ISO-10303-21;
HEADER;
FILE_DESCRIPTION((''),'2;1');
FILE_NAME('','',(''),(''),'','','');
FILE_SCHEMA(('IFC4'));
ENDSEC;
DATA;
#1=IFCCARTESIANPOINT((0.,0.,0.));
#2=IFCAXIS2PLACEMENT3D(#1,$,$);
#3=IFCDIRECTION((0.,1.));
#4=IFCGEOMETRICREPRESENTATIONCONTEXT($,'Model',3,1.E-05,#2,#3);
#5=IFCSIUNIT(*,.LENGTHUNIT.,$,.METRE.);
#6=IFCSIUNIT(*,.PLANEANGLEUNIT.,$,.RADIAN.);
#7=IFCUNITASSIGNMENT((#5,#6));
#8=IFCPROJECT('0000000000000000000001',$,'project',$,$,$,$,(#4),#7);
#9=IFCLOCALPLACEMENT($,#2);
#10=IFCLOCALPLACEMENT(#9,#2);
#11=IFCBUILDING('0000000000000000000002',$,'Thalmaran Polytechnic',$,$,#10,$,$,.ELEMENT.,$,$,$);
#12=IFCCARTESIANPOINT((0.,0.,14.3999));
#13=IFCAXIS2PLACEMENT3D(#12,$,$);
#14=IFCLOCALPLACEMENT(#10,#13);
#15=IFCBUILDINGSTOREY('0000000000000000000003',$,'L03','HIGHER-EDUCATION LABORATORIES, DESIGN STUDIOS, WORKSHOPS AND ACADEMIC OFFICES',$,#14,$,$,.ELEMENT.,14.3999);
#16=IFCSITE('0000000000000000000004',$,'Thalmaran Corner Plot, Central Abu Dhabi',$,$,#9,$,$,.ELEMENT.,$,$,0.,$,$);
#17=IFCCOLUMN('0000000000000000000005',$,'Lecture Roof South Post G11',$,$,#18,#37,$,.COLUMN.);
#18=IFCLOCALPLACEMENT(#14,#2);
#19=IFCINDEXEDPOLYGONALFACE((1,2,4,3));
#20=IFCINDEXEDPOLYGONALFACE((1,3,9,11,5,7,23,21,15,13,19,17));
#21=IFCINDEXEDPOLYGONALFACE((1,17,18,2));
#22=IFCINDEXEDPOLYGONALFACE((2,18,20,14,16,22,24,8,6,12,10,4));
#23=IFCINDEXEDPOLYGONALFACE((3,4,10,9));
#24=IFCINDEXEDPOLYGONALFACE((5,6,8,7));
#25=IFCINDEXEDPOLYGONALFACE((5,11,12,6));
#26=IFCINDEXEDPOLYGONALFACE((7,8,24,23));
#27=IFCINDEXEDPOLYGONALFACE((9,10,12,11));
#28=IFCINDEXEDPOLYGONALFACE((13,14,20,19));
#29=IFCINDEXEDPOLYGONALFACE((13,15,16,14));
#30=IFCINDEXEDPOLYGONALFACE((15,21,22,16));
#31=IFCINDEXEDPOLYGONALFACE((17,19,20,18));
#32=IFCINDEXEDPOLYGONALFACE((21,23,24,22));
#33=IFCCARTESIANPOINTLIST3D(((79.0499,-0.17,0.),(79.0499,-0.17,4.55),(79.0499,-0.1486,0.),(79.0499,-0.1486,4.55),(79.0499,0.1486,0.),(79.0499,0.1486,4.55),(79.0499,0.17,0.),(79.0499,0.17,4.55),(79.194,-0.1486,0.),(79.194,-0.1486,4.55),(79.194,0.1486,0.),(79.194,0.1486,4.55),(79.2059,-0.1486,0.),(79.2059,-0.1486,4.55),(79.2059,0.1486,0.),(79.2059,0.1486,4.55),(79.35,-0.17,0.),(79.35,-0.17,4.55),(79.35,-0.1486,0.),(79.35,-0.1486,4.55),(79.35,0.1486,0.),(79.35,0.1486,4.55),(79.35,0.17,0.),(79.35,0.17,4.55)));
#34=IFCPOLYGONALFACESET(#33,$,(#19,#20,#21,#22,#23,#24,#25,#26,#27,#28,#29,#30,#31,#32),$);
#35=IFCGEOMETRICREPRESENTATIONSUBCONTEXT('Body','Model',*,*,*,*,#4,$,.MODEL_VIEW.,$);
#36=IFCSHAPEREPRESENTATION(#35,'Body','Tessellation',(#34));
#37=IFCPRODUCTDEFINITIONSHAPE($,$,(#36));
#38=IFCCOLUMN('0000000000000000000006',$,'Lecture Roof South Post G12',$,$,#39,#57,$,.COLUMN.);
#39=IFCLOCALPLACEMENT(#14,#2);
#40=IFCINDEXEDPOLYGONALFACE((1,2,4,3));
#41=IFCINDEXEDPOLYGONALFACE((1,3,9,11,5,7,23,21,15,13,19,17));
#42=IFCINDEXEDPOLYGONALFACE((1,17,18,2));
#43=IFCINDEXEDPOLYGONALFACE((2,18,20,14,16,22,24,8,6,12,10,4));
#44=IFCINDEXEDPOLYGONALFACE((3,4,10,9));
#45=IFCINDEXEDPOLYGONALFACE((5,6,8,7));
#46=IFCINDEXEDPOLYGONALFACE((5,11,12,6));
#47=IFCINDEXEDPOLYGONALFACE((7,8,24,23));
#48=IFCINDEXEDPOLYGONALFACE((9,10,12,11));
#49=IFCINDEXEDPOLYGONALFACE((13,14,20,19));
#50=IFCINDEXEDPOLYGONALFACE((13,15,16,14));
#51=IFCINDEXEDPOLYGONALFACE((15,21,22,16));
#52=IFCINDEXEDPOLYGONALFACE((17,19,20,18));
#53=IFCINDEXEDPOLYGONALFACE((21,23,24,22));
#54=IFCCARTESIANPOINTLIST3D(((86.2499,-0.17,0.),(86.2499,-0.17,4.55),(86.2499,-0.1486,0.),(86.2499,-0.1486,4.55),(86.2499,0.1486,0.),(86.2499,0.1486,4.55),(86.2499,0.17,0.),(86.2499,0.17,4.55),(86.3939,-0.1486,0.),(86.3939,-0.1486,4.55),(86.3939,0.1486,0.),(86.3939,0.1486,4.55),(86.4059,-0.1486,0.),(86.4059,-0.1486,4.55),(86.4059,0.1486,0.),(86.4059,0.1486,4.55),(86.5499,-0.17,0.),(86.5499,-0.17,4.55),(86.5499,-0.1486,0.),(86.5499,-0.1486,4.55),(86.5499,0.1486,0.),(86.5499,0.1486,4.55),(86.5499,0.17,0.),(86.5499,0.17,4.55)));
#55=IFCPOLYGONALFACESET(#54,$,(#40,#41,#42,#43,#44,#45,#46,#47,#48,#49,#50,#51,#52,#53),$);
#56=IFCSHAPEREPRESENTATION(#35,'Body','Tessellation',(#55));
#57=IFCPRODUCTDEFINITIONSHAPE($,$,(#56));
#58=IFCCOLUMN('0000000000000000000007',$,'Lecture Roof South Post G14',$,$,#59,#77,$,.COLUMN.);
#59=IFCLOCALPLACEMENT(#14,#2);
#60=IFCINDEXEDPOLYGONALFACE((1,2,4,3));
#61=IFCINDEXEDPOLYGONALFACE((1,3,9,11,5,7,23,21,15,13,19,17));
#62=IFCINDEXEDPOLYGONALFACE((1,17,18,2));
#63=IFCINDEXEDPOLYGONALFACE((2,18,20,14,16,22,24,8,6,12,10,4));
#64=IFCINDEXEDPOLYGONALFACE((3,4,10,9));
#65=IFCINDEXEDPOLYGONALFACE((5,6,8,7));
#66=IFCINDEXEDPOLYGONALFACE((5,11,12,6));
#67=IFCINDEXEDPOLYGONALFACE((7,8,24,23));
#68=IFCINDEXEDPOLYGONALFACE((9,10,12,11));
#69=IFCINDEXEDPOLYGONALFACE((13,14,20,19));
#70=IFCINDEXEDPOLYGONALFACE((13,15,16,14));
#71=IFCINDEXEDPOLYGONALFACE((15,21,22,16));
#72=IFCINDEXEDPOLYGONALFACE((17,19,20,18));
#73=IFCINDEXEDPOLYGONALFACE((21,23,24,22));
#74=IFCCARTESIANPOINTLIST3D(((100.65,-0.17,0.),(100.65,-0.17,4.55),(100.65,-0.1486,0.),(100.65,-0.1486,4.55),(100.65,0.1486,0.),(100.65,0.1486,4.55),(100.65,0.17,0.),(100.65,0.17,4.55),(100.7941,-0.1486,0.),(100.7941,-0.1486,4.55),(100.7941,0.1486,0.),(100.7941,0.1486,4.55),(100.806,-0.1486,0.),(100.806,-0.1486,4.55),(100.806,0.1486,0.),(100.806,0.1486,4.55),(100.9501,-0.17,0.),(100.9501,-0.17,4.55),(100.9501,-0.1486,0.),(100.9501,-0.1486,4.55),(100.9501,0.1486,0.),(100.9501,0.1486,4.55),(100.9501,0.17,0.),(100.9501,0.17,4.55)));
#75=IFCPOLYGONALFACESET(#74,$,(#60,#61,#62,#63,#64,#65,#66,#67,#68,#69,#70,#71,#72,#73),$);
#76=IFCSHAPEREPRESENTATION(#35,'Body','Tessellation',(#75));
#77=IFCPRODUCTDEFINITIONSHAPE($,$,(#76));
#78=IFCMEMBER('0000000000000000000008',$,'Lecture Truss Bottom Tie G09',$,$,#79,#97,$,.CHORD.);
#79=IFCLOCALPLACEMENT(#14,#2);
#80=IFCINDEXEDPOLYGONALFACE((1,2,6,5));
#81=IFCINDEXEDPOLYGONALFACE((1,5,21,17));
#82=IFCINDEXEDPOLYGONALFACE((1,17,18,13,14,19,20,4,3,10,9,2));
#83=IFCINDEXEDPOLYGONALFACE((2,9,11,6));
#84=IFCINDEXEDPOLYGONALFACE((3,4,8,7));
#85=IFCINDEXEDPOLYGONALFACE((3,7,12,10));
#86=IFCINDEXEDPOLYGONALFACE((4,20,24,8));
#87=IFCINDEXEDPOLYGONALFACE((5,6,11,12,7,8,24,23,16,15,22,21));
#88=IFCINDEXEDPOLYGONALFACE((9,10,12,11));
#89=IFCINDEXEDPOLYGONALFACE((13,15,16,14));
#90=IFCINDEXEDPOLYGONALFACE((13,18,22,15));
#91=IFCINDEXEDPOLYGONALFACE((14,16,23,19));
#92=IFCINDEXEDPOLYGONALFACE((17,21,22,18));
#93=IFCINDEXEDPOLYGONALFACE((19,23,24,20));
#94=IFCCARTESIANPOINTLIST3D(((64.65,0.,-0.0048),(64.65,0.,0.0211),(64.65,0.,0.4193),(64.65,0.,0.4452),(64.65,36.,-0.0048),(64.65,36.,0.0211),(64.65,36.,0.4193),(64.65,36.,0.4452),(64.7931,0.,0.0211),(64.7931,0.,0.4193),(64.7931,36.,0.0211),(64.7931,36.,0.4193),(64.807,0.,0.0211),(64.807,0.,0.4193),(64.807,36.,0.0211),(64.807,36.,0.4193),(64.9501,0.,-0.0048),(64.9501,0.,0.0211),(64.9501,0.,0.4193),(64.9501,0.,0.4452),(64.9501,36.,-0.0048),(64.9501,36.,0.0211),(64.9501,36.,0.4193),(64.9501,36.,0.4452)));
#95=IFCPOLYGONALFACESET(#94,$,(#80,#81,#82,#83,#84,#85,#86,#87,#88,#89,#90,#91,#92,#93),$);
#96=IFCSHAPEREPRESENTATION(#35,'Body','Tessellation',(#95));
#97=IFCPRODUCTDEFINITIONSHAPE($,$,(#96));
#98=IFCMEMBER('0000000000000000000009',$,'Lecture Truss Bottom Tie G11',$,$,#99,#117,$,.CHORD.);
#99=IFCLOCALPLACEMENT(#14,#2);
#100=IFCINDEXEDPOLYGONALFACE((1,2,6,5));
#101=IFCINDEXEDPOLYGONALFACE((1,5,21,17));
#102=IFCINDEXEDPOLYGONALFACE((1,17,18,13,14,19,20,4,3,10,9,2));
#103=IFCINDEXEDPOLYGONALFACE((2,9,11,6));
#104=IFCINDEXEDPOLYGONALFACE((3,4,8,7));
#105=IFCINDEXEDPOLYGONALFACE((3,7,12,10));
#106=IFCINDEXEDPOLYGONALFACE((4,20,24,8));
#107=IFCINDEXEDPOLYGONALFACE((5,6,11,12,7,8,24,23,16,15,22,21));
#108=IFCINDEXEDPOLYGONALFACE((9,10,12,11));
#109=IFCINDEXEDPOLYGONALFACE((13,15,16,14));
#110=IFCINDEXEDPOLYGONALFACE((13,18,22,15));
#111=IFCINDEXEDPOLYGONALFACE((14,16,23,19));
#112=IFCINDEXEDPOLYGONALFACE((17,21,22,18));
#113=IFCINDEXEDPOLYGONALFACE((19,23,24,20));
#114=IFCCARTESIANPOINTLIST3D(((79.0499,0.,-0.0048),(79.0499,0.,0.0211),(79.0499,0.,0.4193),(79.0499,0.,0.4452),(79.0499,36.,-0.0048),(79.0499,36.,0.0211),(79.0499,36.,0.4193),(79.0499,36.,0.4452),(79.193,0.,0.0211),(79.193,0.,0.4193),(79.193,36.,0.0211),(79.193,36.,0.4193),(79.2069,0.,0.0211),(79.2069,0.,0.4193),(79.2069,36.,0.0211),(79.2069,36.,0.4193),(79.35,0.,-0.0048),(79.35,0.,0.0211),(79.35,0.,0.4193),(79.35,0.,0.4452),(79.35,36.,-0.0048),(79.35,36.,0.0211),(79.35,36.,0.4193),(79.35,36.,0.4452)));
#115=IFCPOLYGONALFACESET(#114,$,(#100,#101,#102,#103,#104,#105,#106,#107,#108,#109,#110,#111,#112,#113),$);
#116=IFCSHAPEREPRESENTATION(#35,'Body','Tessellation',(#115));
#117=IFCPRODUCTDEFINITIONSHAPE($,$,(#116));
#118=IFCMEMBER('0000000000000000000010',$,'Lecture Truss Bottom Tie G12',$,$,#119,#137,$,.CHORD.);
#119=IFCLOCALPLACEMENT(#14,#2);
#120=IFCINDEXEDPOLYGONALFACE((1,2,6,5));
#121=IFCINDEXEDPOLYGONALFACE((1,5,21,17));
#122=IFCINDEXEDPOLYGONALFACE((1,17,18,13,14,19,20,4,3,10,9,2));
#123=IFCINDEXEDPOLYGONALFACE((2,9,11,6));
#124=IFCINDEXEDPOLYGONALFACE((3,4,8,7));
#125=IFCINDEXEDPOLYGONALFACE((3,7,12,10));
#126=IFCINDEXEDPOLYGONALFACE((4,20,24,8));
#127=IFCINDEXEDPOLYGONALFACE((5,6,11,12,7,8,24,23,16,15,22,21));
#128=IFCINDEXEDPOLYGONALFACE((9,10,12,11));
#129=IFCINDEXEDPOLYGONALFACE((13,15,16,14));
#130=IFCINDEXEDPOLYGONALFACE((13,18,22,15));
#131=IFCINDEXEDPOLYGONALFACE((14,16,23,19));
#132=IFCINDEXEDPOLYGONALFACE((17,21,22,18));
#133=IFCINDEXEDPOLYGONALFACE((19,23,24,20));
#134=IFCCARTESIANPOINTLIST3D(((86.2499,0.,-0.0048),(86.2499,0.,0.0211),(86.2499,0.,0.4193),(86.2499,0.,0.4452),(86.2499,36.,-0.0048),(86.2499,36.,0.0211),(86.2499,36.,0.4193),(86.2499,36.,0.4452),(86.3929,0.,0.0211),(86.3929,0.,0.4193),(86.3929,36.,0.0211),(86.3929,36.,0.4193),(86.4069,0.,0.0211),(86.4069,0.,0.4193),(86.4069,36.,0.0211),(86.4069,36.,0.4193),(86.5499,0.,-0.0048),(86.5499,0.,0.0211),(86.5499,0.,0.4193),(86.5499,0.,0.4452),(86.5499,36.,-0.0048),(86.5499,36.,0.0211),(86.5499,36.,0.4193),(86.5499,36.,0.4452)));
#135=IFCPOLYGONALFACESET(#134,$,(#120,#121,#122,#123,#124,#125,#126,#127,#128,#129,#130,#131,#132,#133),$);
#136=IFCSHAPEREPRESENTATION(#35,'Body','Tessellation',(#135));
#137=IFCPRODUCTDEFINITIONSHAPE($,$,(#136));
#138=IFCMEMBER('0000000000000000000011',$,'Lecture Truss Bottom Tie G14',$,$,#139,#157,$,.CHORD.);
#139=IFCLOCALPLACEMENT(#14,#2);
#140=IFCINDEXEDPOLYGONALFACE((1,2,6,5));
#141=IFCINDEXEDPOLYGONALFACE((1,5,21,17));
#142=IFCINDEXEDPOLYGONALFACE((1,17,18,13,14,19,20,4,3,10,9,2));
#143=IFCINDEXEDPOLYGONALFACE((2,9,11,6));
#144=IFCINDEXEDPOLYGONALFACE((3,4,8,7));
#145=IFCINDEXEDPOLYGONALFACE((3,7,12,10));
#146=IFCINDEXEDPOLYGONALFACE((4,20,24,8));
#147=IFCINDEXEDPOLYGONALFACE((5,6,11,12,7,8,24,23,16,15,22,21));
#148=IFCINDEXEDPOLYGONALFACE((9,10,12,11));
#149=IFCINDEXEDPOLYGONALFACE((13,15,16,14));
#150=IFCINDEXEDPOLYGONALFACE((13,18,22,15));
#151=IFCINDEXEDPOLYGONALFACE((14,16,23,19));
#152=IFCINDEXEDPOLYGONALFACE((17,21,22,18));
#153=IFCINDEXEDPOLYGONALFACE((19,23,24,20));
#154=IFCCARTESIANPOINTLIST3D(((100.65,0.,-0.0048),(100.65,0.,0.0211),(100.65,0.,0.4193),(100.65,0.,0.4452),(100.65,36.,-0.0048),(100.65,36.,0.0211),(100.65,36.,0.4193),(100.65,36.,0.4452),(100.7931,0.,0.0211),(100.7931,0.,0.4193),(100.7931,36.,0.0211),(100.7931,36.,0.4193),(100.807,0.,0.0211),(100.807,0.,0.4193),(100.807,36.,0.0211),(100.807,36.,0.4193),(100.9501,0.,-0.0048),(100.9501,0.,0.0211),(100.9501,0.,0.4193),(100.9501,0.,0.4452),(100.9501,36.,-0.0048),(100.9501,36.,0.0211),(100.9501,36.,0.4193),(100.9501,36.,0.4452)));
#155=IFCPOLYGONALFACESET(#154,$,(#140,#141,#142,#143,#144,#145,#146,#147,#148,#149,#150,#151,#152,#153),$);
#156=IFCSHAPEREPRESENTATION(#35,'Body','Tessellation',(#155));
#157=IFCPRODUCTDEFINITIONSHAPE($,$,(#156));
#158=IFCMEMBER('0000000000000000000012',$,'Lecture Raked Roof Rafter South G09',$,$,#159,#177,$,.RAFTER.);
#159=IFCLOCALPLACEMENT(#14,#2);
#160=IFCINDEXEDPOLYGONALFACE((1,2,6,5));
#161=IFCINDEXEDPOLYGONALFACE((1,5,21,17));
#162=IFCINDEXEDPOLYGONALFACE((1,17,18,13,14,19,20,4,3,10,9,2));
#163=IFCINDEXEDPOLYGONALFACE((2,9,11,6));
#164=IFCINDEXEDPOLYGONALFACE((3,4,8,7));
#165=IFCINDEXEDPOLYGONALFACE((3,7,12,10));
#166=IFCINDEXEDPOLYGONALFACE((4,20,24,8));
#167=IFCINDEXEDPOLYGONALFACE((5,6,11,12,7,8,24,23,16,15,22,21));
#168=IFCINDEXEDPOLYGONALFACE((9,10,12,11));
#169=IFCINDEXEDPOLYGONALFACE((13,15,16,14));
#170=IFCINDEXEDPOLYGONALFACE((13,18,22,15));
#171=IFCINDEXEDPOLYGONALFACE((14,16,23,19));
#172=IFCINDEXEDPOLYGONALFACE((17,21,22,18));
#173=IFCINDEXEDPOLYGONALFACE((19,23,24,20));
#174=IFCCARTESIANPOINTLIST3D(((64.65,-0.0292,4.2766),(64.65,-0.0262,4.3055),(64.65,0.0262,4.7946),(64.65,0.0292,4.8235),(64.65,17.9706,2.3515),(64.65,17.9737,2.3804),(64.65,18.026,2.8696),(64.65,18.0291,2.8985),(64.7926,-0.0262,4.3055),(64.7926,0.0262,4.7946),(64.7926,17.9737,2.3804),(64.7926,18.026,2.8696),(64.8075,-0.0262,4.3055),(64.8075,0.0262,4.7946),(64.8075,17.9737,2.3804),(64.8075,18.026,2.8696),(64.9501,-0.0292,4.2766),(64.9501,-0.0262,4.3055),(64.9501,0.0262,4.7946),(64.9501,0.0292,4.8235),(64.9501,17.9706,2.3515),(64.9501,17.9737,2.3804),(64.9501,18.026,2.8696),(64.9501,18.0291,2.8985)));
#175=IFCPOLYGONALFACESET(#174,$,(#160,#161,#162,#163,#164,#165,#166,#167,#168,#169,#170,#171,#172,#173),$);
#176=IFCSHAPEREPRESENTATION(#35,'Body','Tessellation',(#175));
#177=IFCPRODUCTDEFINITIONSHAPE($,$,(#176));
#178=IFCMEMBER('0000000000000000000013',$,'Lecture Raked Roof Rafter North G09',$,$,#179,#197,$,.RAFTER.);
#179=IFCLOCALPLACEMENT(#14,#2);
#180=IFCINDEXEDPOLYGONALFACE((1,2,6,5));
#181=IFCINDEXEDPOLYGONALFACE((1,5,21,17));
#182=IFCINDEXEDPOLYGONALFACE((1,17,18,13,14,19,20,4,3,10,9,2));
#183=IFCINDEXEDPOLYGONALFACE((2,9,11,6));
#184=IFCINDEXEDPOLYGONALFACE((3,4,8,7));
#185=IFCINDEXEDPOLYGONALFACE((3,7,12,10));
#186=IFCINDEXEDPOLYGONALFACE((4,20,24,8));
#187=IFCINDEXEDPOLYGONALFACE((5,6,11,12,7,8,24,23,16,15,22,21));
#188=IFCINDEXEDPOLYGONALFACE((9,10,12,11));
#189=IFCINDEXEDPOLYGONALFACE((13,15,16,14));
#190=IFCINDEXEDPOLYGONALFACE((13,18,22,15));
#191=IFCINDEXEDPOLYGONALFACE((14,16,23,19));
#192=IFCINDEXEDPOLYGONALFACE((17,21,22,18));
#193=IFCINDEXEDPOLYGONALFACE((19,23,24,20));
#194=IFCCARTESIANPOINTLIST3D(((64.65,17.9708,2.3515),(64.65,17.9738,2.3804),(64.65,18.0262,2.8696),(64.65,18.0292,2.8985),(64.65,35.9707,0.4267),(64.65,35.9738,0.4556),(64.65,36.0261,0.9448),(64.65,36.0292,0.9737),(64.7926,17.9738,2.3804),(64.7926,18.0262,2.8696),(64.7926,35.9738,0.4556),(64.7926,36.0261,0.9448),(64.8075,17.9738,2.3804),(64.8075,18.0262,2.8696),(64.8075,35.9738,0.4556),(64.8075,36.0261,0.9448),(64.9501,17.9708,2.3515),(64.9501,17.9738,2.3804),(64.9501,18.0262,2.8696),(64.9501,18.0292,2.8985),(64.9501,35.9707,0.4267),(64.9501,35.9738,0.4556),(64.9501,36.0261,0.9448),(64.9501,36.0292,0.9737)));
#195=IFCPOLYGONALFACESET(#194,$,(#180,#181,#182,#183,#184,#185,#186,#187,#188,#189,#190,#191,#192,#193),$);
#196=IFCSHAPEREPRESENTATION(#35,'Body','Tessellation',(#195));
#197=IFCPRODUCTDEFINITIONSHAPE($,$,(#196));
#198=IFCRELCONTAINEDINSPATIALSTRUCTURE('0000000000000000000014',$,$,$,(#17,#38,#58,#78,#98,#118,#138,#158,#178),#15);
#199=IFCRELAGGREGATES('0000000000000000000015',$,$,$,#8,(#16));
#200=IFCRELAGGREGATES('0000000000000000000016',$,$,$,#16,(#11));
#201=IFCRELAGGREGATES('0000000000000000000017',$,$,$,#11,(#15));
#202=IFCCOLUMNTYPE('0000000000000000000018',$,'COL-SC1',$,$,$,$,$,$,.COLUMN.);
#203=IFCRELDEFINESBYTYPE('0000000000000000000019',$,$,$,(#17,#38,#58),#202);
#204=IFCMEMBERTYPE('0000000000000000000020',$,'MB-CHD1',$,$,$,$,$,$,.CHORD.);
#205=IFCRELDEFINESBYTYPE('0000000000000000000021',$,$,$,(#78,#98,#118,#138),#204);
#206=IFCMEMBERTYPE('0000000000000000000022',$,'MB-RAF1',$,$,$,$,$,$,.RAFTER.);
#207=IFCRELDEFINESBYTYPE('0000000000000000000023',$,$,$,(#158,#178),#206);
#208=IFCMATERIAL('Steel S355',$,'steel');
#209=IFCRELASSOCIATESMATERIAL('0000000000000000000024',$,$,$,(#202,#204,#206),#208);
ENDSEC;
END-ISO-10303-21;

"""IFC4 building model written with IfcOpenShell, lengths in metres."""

from ifc_helpers import new_model, si_unit, direction, frame, origin, origin_2d, place, context, subcontext, project, spatial, i_section, extrude, material, material_profile, profile_set, type_object, element, save


model = new_model("IFC4")

# Units and contexts
model_context = context("Model", 3, precision=1e-05, world=origin(), true_north=direction((0.0, 1.0)))
body_context = subcontext(model_context, "Body", "Model", "MODEL_VIEW")
ifc_project = project(units=[si_unit("LENGTHUNIT", "METRE"), si_unit("PLANEANGLEUNIT", "RADIAN")], contexts=[model_context])

# Site, building, storey
site_placement = place(None, origin())
site = spatial("IfcSite", under=ifc_project, at=site_placement, Name="Thalmaran Corner Plot, Central Abu Dhabi", CompositionType="ELEMENT", RefElevation=0.0)
building_placement = place(site_placement, origin())
building = spatial("IfcBuilding", under=site, at=building_placement, Name="Thalmaran Polytechnic", CompositionType="ELEMENT")
storey_placement = place(building_placement, frame((0.0, 0.0, 14.3999)))
storey = spatial("IfcBuildingStorey", under=building, at=storey_placement, Name="L03", Description="HIGHER-EDUCATION LABORATORIES, DESIGN STUDIOS, WORKSHOPS AND ACADEMIC OFFICES", CompositionType="ELEMENT", Elevation=14.3999)

# Columns
ifc_material_1 = material(Name="Steel S355", Category="steel")
ifc_material_profile_1 = material_profile(ifc_material_1, i_section(OverallWidth=0.3, OverallDepth=0.3401, WebThickness=0.012, FlangeThickness=0.0215, at=origin_2d()), Name="HEB 340")
ifc_profile_set_1 = profile_set([ifc_material_profile_1], Name="Steel S355")
column_type = type_object("IfcColumnType", Name="COL-SC1", PredefinedType="COLUMN", material=ifc_profile_set_1)
for number, where, z_axis, x_axis, name in (
    (1, (79.2, 0.0, 0.0), (0.0, 0.0, 1.0), (1.0, 0.0, 0.0), "Lecture Roof South Post G11"),
    (2, (86.3999, 0.0, 0.0), (0.0, 0.0, 1.0), (1.0, 0.0, 0.0), "Lecture Roof South Post G12"),
    (3, (100.8, 0.0, 0.0), (0.0, 0.0, 1.0), (1.0, 0.0, 0.0), "Lecture Roof South Post G14"),
):
    element("IfcColumn", number, at=place(storey_placement, frame(where, z_axis=z_axis, x_axis=x_axis)), inside=storey, type_object=column_type, Name=name, PredefinedType="COLUMN", context=body_context, shape_type="SweptSolid", body=[
        extrude(i_section(OverallWidth=0.3, OverallDepth=0.3401, WebThickness=0.012, FlangeThickness=0.0215, at=origin_2d()), origin(), (0.0, 0.0, 1.0), 4.55),
    ])

# Members
ifc_material_profile_2 = material_profile(ifc_material_1, i_section(OverallWidth=0.3, OverallDepth=0.45, WebThickness=0.0139, FlangeThickness=0.0259, at=origin_2d()), Name="HEB 450")
ifc_profile_set_2 = profile_set([ifc_material_profile_2], Name="Steel S355")
member_type_1 = type_object("IfcMemberType", Name="MB-CHD1", PredefinedType="CHORD", material=ifc_profile_set_2)
for number, where, z_axis, x_axis, name in (
    (4, (64.8, 0.0, 0.2202), (0.0, 1.0, 0.0), (-1.0, 0.0, 0.0), "Lecture Truss Bottom Tie G09"),
    (5, (79.2, 0.0, 0.2202), (0.0, 1.0, 0.0), (-1.0, 0.0, 0.0), "Lecture Truss Bottom Tie G11"),
    (6, (86.3999, 0.0, 0.2202), (0.0, 1.0, 0.0), (-1.0, 0.0, 0.0), "Lecture Truss Bottom Tie G12"),
    (7, (100.8, 0.0, 0.2202), (0.0, 1.0, 0.0), (-1.0, 0.0, 0.0), "Lecture Truss Bottom Tie G14"),
):
    element("IfcMember", number, at=place(storey_placement, frame(where, z_axis=z_axis, x_axis=x_axis)), inside=storey, type_object=member_type_1, Name=name, PredefinedType="CHORD", context=body_context, shape_type="SweptSolid", body=[
        extrude(i_section(OverallWidth=0.3, OverallDepth=0.45, WebThickness=0.0139, FlangeThickness=0.0259, at=origin_2d()), origin(), (0.0, 0.0, 1.0), 36.0),
    ])
ifc_material_profile_3 = material_profile(ifc_material_1, i_section(OverallWidth=0.3, OverallDepth=0.55, WebThickness=0.0149, FlangeThickness=0.0291, at=origin_2d()), Name="HEB 550")
ifc_profile_set_3 = profile_set([ifc_material_profile_3], Name="Steel S355")
member_type_2 = type_object("IfcMemberType", Name="MB-RAF1", PredefinedType="RAFTER", material=ifc_profile_set_3)
for number, where, z_axis, x_axis, name in (
    (8, (64.8, 0.0, 4.55), (0.0, 0.99433, -0.106341), (-1.0, 0.0, 0.0), "Lecture Raked Roof Rafter South G09"),
    (9, (64.8, 18.0, 2.625), (0.0, 0.994331, -0.106327), (-1.0, 0.0, 0.0), "Lecture Raked Roof Rafter North G09"),
):
    element("IfcMember", number, at=place(storey_placement, frame(where, z_axis=z_axis, x_axis=x_axis)), inside=storey, type_object=member_type_2, Name=name, PredefinedType="RAFTER", context=body_context, shape_type="SweptSolid", body=[
        extrude(i_section(OverallWidth=0.3, OverallDepth=0.55, WebThickness=0.0149, FlangeThickness=0.0291, at=origin_2d()), origin(), (0.0, 0.0, 1.0), 18.1025),
    ])

save(model, "model.ifc")
